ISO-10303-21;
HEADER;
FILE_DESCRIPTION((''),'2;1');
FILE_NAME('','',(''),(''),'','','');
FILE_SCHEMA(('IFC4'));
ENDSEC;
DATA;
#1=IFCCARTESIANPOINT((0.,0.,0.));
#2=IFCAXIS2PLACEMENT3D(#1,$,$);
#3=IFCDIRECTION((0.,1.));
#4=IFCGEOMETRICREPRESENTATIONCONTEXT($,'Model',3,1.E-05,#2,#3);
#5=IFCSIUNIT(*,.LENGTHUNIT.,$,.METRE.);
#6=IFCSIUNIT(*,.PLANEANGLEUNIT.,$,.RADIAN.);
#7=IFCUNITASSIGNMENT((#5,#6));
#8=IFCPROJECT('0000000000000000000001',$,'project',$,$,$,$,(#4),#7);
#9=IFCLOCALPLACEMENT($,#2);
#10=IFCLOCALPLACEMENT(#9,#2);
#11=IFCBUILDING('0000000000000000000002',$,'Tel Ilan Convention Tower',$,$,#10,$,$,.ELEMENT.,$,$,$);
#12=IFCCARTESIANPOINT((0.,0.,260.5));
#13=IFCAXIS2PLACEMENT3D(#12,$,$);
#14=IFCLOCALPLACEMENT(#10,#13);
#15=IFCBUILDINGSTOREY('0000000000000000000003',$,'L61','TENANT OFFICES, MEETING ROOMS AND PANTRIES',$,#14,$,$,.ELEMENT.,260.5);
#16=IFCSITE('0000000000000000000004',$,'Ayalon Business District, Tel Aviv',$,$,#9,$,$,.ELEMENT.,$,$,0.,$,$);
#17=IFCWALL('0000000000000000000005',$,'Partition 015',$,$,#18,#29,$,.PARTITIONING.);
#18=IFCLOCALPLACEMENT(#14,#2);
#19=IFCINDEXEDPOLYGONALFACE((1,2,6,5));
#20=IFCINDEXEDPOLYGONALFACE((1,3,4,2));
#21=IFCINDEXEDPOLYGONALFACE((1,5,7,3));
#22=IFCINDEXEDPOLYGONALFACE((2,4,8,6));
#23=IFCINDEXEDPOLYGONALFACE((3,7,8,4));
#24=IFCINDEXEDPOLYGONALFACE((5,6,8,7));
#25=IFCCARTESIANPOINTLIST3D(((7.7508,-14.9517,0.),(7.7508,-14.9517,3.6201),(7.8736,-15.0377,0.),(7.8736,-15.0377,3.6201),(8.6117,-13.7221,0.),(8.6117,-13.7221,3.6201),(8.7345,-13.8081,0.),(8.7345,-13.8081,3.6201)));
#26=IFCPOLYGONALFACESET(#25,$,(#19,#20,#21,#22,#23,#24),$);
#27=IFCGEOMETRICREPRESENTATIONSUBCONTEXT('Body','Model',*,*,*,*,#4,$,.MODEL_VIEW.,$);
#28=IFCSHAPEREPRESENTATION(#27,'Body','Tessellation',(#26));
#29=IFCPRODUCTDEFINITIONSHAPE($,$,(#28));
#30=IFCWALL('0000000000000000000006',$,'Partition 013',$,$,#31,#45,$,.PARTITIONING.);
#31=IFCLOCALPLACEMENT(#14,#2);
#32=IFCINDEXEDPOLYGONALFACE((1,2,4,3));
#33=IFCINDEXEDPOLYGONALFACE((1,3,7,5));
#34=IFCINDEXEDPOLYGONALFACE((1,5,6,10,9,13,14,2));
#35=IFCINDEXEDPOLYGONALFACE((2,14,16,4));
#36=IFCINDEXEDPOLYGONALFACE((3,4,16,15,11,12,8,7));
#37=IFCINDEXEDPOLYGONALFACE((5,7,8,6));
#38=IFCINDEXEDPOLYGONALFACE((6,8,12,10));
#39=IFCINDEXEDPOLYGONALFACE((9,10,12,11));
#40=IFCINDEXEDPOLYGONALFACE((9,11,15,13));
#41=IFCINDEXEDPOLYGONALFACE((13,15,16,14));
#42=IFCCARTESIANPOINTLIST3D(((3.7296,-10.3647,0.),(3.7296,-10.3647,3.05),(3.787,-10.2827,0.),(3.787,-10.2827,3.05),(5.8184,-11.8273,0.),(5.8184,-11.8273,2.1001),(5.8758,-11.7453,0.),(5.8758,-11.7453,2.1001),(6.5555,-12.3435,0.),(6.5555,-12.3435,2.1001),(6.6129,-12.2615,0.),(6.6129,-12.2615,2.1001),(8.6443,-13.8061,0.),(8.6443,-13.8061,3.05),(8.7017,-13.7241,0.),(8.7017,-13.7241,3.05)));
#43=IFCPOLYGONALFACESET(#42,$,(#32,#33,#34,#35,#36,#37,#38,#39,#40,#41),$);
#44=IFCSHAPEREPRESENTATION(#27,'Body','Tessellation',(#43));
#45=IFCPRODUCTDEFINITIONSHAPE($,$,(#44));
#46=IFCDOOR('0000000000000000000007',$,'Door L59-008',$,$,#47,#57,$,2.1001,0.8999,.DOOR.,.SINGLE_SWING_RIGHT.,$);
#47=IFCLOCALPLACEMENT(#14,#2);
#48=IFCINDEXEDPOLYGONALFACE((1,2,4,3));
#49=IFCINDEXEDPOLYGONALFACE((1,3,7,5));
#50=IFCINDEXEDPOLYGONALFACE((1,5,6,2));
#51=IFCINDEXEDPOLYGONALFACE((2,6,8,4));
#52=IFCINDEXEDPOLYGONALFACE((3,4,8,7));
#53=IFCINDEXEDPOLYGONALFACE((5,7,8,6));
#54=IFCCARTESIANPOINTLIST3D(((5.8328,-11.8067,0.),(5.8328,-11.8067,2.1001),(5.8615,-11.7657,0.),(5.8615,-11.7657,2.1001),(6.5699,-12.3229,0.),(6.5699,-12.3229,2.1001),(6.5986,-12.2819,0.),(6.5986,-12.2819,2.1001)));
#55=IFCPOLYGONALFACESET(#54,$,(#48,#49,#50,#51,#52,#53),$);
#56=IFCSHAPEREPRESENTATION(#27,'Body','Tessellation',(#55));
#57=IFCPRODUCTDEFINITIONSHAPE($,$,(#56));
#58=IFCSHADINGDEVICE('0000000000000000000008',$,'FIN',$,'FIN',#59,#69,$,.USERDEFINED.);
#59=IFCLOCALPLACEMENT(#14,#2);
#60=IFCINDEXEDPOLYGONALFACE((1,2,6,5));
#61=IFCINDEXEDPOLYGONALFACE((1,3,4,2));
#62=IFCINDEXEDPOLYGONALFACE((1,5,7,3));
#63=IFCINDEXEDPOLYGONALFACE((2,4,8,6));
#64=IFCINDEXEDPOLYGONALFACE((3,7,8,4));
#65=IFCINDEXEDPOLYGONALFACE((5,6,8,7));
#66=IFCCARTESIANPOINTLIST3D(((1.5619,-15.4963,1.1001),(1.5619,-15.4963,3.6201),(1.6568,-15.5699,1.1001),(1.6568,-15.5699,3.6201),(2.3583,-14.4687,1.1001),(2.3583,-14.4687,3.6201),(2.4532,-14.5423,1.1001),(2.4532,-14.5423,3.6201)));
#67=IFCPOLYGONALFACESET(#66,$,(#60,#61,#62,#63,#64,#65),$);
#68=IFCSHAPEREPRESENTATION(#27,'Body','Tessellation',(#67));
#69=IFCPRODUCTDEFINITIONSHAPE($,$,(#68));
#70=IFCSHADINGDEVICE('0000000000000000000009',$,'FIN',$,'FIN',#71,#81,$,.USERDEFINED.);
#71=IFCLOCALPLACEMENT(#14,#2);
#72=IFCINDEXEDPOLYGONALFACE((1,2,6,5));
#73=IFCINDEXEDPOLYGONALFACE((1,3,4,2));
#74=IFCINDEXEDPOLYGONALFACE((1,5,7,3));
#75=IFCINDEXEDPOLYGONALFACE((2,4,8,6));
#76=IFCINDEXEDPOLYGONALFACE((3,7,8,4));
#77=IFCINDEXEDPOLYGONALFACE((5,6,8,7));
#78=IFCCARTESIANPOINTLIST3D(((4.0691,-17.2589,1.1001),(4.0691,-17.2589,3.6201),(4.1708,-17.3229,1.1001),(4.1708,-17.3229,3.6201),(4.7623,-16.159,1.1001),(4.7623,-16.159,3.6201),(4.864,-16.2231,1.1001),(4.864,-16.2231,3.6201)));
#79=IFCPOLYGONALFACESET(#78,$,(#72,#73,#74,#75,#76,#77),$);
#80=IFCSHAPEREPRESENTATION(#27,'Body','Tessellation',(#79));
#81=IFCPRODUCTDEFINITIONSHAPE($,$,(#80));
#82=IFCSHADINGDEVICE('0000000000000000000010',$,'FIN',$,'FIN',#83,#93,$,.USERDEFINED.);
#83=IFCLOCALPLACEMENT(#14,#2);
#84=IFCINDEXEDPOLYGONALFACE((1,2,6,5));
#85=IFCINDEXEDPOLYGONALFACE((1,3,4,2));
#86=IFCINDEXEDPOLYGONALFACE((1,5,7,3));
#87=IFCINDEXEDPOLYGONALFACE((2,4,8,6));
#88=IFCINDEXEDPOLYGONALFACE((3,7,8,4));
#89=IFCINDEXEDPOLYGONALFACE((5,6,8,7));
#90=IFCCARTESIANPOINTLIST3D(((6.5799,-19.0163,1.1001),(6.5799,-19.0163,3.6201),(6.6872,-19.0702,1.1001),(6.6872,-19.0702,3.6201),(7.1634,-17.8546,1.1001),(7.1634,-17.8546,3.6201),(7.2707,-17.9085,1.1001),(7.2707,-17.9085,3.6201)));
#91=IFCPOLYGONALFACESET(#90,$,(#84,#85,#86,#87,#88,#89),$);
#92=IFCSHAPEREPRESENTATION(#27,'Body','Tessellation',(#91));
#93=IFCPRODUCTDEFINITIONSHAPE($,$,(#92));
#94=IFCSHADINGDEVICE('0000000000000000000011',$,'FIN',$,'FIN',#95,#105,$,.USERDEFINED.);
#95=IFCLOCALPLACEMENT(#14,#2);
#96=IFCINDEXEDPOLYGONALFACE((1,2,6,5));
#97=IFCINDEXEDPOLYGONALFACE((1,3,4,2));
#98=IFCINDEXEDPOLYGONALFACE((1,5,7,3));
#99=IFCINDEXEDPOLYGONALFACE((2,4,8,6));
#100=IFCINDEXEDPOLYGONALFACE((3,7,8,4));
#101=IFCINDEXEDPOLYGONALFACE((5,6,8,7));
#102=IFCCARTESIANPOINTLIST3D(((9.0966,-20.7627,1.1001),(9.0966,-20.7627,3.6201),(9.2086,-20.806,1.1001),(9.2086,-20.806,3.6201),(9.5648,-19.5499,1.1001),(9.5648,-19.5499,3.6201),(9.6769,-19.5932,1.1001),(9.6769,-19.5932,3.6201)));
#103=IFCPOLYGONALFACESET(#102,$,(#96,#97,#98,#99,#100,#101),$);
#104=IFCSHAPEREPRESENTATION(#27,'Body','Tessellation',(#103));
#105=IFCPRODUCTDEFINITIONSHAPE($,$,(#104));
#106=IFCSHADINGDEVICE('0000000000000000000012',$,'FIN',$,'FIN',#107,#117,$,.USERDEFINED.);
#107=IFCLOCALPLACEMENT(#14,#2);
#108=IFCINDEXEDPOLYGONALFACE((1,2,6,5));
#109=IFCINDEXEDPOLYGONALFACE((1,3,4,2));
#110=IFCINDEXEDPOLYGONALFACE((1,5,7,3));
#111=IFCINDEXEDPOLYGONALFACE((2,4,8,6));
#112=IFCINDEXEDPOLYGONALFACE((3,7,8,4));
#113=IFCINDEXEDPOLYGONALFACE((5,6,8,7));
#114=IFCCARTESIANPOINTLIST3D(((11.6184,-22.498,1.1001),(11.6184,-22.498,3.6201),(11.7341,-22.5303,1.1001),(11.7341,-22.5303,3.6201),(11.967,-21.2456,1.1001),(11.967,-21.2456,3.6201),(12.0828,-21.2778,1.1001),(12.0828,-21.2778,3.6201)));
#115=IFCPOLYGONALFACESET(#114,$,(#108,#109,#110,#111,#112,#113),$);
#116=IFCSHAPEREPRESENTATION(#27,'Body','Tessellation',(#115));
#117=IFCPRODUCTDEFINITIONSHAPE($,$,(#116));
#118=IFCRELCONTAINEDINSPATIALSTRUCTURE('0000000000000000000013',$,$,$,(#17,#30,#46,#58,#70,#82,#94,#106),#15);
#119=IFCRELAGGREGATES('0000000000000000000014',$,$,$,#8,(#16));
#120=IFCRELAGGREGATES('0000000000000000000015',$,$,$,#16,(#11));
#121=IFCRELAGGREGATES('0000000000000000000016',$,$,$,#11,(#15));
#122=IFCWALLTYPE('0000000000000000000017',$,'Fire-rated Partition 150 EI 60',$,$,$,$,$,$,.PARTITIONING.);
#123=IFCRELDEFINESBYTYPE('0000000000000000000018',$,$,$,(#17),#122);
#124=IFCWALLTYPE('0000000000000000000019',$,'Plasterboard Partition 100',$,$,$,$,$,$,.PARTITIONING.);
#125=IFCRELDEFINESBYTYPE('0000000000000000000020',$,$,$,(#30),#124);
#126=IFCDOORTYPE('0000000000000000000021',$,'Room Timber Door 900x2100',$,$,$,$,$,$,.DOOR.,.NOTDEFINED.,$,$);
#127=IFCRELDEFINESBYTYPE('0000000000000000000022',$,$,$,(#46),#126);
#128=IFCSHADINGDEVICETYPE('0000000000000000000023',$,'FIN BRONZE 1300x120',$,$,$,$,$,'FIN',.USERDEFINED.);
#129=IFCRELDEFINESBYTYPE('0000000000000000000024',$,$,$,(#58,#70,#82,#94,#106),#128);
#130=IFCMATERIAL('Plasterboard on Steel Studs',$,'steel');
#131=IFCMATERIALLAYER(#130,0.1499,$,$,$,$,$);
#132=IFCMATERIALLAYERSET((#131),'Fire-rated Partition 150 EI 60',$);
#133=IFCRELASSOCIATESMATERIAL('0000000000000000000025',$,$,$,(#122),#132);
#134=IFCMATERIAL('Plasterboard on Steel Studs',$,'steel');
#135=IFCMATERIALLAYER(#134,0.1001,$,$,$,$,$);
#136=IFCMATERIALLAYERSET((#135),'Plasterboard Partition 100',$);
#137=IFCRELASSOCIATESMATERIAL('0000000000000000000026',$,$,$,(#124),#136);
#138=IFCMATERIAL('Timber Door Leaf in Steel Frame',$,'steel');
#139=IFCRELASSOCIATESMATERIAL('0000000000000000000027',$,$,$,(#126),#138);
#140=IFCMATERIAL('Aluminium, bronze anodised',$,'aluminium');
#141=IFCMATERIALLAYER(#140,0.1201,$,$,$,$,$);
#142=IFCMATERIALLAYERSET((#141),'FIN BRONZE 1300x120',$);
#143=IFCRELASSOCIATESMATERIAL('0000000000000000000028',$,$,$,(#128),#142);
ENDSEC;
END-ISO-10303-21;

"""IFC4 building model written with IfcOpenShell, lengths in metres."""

from ifc_helpers import new_model, si_unit, direction, frame, frame_2d, origin, origin_2d, place, context, subcontext, project, spatial, rectangle, extrude, material, layer, layer_set, type_object, element, fill, save


model = new_model("IFC4")

# Units and contexts
model_context = context("Model", 3, precision=1e-05, world=origin(), true_north=direction((0.0, 1.0)))
body_context = subcontext(model_context, "Body", "Model", "MODEL_VIEW")
ifc_project = project(units=[si_unit("LENGTHUNIT", "METRE"), si_unit("PLANEANGLEUNIT", "RADIAN")], contexts=[model_context])

# Site, building, storey
site_placement = place(None, origin())
site = spatial("IfcSite", under=ifc_project, at=site_placement, Name="Ayalon Business District, Tel Aviv", CompositionType="ELEMENT", RefElevation=0.0)
building_placement = place(site_placement, origin())
building = spatial("IfcBuilding", under=site, at=building_placement, Name="Tel Ilan Convention Tower", CompositionType="ELEMENT")
storey_placement = place(building_placement, frame((0.0, 0.0, 260.5)))
storey = spatial("IfcBuildingStorey", under=building, at=storey_placement, Name="L61", Description="TENANT OFFICES, MEETING ROOMS AND PANTRIES", CompositionType="ELEMENT", Elevation=260.5)

# Wall
ifc_material_1 = material(Name="Plasterboard on Steel Studs", Category="steel")
ifc_layer_1 = layer(ifc_material_1, 0.1499)
ifc_layer_set_1 = layer_set([ifc_layer_1], Name="Fire-rated Partition 150 EI 60")
wall_type_1 = type_object("IfcWallType", Name="Fire-rated Partition 150 EI 60", PredefinedType="PARTITIONING", material=ifc_layer_set_1)
wall_1_placement = place(storey_placement, frame((8.6731, -13.7651, 0.0), z_axis=(0.0, 0.0, 1.0), x_axis=(-0.57355, -0.819171, 0.0)))
element("IfcWall", 1, at=wall_1_placement, inside=storey, type_object=wall_type_1, Name="Partition 015", PredefinedType="PARTITIONING", context=body_context, shape_type="SweptSolid", body=[
    extrude(rectangle(XDim=1.501, YDim=0.1499, at=frame_2d((0.7505, 0.0))), origin(), (0.0, 0.0, 1.0), 3.6201),
])

# Wall, opening, door
ifc_material_2 = material(Name="Plasterboard on Steel Studs", Category="steel")
ifc_layer_2 = layer(ifc_material_2, 0.1001)
ifc_layer_set_2 = layer_set([ifc_layer_2], Name="Plasterboard Partition 100")
wall_type_2 = type_object("IfcWallType", Name="Plasterboard Partition 100", PredefinedType="PARTITIONING", material=ifc_layer_set_2)
wall_2_placement = place(storey_placement, frame((8.6731, -13.7651, 0.0), z_axis=(0.0, 0.0, 1.0), x_axis=(-0.81915, 0.57358, 0.0)))
wall_2 = element("IfcWall", 2, at=wall_2_placement, inside=storey, type_object=wall_type_2, Name="Partition 013", PredefinedType="PARTITIONING", context=body_context, shape_type="SweptSolid", body=[
    extrude(rectangle(XDim=5.9998, YDim=0.1001, at=frame_2d((3.0, 0.0))), origin(), (0.0, 0.0, 1.0), 3.05),
])
opening_placement = place(wall_2_placement, frame((2.55, 0.0, 0.0)))
opening = element("IfcOpeningElement", 3, at=opening_placement, cuts=wall_2, PredefinedType="OPENING", context=body_context, shape_type="SweptSolid", body=[
    extrude(rectangle(XDim=0.8999, YDim=2.1001, at=frame_2d((0.45, 1.05))), frame((0.0, 0.0601, 0.0), z_axis=(0.0, -1.0, 0.0), x_axis=(1.0, 0.0, 0.0)), (0.0, 0.0, 1.0), 0.1201),
])
ifc_material_3 = material(Name="Timber Door Leaf in Steel Frame", Category="steel")
door_type = type_object("IfcDoorType", Name="Room Timber Door 900x2100", OperationType="NOTDEFINED", PredefinedType="DOOR", material=ifc_material_3)
door_placement = place(opening_placement, origin())
door = element("IfcDoor", 4, at=door_placement, inside=storey, type_object=door_type, Name="Door L59-008", OperationType="SINGLE_SWING_RIGHT", OverallHeight=2.1001, OverallWidth=0.8999, PredefinedType="DOOR", context=body_context, shape_type="SweptSolid", body=[
    extrude(rectangle(XDim=0.8999, YDim=2.1001, at=frame_2d((0.45, 1.05))), frame((0.0, 0.0249, 0.0), z_axis=(0.0, -1.0, 0.0), x_axis=(1.0, 0.0, 0.0)), (0.0, 0.0, 1.0), 0.05),
])
fill(opening, door)

# Shading devices
ifc_material_4 = material(Name="Aluminium, bronze anodised", Category="aluminium")
ifc_layer_3 = layer(ifc_material_4, 0.1201)
ifc_layer_set_3 = layer_set([ifc_layer_3], Name="FIN BRONZE 1300x120")
shading_device_type = type_object("IfcShadingDeviceType", Name="FIN BRONZE 1300x120", ElementType="FIN", PredefinedType="USERDEFINED", material=ifc_layer_set_3)
for number, where, z_axis, x_axis, name in (
    (5, (2.0076, -15.0193, 1.1001), (0.0, 0.0, 1.0), (-0.612601, -0.790393, 0.0), "FIN"),
    (6, (4.4666, -16.741, 1.1001), (0.0, 0.0, 1.0), (-0.533204, -0.845986, 0.0), "FIN"),
    (7, (6.9253, -18.4624, 1.1001), (0.0, 0.0, 1.0), (-0.448799, -0.893633, 0.0), "FIN"),
    (8, (9.3867, -20.178, 1.1001), (0.0, 0.0, 1.0), (-0.360178, -0.932884, 0.0), "FIN"),
    (9, (11.8506, -21.8879, 1.1001), (0.0, 0.0, 1.0), (-0.268173, -0.963371, 0.0), "FIN"),
):
    element("IfcShadingDevice", number, at=place(storey_placement, frame(where, z_axis=z_axis, x_axis=x_axis)), inside=storey, type_object=shading_device_type, Name=name, ObjectType="FIN", PredefinedType="USERDEFINED", context=body_context, shape_type="SweptSolid", body=[
        extrude(rectangle(XDim=1.3, YDim=0.1201, at=origin_2d()), origin(), (0.0, 0.0, 1.0), 2.52),
    ])

save(model, "model.ifc")
